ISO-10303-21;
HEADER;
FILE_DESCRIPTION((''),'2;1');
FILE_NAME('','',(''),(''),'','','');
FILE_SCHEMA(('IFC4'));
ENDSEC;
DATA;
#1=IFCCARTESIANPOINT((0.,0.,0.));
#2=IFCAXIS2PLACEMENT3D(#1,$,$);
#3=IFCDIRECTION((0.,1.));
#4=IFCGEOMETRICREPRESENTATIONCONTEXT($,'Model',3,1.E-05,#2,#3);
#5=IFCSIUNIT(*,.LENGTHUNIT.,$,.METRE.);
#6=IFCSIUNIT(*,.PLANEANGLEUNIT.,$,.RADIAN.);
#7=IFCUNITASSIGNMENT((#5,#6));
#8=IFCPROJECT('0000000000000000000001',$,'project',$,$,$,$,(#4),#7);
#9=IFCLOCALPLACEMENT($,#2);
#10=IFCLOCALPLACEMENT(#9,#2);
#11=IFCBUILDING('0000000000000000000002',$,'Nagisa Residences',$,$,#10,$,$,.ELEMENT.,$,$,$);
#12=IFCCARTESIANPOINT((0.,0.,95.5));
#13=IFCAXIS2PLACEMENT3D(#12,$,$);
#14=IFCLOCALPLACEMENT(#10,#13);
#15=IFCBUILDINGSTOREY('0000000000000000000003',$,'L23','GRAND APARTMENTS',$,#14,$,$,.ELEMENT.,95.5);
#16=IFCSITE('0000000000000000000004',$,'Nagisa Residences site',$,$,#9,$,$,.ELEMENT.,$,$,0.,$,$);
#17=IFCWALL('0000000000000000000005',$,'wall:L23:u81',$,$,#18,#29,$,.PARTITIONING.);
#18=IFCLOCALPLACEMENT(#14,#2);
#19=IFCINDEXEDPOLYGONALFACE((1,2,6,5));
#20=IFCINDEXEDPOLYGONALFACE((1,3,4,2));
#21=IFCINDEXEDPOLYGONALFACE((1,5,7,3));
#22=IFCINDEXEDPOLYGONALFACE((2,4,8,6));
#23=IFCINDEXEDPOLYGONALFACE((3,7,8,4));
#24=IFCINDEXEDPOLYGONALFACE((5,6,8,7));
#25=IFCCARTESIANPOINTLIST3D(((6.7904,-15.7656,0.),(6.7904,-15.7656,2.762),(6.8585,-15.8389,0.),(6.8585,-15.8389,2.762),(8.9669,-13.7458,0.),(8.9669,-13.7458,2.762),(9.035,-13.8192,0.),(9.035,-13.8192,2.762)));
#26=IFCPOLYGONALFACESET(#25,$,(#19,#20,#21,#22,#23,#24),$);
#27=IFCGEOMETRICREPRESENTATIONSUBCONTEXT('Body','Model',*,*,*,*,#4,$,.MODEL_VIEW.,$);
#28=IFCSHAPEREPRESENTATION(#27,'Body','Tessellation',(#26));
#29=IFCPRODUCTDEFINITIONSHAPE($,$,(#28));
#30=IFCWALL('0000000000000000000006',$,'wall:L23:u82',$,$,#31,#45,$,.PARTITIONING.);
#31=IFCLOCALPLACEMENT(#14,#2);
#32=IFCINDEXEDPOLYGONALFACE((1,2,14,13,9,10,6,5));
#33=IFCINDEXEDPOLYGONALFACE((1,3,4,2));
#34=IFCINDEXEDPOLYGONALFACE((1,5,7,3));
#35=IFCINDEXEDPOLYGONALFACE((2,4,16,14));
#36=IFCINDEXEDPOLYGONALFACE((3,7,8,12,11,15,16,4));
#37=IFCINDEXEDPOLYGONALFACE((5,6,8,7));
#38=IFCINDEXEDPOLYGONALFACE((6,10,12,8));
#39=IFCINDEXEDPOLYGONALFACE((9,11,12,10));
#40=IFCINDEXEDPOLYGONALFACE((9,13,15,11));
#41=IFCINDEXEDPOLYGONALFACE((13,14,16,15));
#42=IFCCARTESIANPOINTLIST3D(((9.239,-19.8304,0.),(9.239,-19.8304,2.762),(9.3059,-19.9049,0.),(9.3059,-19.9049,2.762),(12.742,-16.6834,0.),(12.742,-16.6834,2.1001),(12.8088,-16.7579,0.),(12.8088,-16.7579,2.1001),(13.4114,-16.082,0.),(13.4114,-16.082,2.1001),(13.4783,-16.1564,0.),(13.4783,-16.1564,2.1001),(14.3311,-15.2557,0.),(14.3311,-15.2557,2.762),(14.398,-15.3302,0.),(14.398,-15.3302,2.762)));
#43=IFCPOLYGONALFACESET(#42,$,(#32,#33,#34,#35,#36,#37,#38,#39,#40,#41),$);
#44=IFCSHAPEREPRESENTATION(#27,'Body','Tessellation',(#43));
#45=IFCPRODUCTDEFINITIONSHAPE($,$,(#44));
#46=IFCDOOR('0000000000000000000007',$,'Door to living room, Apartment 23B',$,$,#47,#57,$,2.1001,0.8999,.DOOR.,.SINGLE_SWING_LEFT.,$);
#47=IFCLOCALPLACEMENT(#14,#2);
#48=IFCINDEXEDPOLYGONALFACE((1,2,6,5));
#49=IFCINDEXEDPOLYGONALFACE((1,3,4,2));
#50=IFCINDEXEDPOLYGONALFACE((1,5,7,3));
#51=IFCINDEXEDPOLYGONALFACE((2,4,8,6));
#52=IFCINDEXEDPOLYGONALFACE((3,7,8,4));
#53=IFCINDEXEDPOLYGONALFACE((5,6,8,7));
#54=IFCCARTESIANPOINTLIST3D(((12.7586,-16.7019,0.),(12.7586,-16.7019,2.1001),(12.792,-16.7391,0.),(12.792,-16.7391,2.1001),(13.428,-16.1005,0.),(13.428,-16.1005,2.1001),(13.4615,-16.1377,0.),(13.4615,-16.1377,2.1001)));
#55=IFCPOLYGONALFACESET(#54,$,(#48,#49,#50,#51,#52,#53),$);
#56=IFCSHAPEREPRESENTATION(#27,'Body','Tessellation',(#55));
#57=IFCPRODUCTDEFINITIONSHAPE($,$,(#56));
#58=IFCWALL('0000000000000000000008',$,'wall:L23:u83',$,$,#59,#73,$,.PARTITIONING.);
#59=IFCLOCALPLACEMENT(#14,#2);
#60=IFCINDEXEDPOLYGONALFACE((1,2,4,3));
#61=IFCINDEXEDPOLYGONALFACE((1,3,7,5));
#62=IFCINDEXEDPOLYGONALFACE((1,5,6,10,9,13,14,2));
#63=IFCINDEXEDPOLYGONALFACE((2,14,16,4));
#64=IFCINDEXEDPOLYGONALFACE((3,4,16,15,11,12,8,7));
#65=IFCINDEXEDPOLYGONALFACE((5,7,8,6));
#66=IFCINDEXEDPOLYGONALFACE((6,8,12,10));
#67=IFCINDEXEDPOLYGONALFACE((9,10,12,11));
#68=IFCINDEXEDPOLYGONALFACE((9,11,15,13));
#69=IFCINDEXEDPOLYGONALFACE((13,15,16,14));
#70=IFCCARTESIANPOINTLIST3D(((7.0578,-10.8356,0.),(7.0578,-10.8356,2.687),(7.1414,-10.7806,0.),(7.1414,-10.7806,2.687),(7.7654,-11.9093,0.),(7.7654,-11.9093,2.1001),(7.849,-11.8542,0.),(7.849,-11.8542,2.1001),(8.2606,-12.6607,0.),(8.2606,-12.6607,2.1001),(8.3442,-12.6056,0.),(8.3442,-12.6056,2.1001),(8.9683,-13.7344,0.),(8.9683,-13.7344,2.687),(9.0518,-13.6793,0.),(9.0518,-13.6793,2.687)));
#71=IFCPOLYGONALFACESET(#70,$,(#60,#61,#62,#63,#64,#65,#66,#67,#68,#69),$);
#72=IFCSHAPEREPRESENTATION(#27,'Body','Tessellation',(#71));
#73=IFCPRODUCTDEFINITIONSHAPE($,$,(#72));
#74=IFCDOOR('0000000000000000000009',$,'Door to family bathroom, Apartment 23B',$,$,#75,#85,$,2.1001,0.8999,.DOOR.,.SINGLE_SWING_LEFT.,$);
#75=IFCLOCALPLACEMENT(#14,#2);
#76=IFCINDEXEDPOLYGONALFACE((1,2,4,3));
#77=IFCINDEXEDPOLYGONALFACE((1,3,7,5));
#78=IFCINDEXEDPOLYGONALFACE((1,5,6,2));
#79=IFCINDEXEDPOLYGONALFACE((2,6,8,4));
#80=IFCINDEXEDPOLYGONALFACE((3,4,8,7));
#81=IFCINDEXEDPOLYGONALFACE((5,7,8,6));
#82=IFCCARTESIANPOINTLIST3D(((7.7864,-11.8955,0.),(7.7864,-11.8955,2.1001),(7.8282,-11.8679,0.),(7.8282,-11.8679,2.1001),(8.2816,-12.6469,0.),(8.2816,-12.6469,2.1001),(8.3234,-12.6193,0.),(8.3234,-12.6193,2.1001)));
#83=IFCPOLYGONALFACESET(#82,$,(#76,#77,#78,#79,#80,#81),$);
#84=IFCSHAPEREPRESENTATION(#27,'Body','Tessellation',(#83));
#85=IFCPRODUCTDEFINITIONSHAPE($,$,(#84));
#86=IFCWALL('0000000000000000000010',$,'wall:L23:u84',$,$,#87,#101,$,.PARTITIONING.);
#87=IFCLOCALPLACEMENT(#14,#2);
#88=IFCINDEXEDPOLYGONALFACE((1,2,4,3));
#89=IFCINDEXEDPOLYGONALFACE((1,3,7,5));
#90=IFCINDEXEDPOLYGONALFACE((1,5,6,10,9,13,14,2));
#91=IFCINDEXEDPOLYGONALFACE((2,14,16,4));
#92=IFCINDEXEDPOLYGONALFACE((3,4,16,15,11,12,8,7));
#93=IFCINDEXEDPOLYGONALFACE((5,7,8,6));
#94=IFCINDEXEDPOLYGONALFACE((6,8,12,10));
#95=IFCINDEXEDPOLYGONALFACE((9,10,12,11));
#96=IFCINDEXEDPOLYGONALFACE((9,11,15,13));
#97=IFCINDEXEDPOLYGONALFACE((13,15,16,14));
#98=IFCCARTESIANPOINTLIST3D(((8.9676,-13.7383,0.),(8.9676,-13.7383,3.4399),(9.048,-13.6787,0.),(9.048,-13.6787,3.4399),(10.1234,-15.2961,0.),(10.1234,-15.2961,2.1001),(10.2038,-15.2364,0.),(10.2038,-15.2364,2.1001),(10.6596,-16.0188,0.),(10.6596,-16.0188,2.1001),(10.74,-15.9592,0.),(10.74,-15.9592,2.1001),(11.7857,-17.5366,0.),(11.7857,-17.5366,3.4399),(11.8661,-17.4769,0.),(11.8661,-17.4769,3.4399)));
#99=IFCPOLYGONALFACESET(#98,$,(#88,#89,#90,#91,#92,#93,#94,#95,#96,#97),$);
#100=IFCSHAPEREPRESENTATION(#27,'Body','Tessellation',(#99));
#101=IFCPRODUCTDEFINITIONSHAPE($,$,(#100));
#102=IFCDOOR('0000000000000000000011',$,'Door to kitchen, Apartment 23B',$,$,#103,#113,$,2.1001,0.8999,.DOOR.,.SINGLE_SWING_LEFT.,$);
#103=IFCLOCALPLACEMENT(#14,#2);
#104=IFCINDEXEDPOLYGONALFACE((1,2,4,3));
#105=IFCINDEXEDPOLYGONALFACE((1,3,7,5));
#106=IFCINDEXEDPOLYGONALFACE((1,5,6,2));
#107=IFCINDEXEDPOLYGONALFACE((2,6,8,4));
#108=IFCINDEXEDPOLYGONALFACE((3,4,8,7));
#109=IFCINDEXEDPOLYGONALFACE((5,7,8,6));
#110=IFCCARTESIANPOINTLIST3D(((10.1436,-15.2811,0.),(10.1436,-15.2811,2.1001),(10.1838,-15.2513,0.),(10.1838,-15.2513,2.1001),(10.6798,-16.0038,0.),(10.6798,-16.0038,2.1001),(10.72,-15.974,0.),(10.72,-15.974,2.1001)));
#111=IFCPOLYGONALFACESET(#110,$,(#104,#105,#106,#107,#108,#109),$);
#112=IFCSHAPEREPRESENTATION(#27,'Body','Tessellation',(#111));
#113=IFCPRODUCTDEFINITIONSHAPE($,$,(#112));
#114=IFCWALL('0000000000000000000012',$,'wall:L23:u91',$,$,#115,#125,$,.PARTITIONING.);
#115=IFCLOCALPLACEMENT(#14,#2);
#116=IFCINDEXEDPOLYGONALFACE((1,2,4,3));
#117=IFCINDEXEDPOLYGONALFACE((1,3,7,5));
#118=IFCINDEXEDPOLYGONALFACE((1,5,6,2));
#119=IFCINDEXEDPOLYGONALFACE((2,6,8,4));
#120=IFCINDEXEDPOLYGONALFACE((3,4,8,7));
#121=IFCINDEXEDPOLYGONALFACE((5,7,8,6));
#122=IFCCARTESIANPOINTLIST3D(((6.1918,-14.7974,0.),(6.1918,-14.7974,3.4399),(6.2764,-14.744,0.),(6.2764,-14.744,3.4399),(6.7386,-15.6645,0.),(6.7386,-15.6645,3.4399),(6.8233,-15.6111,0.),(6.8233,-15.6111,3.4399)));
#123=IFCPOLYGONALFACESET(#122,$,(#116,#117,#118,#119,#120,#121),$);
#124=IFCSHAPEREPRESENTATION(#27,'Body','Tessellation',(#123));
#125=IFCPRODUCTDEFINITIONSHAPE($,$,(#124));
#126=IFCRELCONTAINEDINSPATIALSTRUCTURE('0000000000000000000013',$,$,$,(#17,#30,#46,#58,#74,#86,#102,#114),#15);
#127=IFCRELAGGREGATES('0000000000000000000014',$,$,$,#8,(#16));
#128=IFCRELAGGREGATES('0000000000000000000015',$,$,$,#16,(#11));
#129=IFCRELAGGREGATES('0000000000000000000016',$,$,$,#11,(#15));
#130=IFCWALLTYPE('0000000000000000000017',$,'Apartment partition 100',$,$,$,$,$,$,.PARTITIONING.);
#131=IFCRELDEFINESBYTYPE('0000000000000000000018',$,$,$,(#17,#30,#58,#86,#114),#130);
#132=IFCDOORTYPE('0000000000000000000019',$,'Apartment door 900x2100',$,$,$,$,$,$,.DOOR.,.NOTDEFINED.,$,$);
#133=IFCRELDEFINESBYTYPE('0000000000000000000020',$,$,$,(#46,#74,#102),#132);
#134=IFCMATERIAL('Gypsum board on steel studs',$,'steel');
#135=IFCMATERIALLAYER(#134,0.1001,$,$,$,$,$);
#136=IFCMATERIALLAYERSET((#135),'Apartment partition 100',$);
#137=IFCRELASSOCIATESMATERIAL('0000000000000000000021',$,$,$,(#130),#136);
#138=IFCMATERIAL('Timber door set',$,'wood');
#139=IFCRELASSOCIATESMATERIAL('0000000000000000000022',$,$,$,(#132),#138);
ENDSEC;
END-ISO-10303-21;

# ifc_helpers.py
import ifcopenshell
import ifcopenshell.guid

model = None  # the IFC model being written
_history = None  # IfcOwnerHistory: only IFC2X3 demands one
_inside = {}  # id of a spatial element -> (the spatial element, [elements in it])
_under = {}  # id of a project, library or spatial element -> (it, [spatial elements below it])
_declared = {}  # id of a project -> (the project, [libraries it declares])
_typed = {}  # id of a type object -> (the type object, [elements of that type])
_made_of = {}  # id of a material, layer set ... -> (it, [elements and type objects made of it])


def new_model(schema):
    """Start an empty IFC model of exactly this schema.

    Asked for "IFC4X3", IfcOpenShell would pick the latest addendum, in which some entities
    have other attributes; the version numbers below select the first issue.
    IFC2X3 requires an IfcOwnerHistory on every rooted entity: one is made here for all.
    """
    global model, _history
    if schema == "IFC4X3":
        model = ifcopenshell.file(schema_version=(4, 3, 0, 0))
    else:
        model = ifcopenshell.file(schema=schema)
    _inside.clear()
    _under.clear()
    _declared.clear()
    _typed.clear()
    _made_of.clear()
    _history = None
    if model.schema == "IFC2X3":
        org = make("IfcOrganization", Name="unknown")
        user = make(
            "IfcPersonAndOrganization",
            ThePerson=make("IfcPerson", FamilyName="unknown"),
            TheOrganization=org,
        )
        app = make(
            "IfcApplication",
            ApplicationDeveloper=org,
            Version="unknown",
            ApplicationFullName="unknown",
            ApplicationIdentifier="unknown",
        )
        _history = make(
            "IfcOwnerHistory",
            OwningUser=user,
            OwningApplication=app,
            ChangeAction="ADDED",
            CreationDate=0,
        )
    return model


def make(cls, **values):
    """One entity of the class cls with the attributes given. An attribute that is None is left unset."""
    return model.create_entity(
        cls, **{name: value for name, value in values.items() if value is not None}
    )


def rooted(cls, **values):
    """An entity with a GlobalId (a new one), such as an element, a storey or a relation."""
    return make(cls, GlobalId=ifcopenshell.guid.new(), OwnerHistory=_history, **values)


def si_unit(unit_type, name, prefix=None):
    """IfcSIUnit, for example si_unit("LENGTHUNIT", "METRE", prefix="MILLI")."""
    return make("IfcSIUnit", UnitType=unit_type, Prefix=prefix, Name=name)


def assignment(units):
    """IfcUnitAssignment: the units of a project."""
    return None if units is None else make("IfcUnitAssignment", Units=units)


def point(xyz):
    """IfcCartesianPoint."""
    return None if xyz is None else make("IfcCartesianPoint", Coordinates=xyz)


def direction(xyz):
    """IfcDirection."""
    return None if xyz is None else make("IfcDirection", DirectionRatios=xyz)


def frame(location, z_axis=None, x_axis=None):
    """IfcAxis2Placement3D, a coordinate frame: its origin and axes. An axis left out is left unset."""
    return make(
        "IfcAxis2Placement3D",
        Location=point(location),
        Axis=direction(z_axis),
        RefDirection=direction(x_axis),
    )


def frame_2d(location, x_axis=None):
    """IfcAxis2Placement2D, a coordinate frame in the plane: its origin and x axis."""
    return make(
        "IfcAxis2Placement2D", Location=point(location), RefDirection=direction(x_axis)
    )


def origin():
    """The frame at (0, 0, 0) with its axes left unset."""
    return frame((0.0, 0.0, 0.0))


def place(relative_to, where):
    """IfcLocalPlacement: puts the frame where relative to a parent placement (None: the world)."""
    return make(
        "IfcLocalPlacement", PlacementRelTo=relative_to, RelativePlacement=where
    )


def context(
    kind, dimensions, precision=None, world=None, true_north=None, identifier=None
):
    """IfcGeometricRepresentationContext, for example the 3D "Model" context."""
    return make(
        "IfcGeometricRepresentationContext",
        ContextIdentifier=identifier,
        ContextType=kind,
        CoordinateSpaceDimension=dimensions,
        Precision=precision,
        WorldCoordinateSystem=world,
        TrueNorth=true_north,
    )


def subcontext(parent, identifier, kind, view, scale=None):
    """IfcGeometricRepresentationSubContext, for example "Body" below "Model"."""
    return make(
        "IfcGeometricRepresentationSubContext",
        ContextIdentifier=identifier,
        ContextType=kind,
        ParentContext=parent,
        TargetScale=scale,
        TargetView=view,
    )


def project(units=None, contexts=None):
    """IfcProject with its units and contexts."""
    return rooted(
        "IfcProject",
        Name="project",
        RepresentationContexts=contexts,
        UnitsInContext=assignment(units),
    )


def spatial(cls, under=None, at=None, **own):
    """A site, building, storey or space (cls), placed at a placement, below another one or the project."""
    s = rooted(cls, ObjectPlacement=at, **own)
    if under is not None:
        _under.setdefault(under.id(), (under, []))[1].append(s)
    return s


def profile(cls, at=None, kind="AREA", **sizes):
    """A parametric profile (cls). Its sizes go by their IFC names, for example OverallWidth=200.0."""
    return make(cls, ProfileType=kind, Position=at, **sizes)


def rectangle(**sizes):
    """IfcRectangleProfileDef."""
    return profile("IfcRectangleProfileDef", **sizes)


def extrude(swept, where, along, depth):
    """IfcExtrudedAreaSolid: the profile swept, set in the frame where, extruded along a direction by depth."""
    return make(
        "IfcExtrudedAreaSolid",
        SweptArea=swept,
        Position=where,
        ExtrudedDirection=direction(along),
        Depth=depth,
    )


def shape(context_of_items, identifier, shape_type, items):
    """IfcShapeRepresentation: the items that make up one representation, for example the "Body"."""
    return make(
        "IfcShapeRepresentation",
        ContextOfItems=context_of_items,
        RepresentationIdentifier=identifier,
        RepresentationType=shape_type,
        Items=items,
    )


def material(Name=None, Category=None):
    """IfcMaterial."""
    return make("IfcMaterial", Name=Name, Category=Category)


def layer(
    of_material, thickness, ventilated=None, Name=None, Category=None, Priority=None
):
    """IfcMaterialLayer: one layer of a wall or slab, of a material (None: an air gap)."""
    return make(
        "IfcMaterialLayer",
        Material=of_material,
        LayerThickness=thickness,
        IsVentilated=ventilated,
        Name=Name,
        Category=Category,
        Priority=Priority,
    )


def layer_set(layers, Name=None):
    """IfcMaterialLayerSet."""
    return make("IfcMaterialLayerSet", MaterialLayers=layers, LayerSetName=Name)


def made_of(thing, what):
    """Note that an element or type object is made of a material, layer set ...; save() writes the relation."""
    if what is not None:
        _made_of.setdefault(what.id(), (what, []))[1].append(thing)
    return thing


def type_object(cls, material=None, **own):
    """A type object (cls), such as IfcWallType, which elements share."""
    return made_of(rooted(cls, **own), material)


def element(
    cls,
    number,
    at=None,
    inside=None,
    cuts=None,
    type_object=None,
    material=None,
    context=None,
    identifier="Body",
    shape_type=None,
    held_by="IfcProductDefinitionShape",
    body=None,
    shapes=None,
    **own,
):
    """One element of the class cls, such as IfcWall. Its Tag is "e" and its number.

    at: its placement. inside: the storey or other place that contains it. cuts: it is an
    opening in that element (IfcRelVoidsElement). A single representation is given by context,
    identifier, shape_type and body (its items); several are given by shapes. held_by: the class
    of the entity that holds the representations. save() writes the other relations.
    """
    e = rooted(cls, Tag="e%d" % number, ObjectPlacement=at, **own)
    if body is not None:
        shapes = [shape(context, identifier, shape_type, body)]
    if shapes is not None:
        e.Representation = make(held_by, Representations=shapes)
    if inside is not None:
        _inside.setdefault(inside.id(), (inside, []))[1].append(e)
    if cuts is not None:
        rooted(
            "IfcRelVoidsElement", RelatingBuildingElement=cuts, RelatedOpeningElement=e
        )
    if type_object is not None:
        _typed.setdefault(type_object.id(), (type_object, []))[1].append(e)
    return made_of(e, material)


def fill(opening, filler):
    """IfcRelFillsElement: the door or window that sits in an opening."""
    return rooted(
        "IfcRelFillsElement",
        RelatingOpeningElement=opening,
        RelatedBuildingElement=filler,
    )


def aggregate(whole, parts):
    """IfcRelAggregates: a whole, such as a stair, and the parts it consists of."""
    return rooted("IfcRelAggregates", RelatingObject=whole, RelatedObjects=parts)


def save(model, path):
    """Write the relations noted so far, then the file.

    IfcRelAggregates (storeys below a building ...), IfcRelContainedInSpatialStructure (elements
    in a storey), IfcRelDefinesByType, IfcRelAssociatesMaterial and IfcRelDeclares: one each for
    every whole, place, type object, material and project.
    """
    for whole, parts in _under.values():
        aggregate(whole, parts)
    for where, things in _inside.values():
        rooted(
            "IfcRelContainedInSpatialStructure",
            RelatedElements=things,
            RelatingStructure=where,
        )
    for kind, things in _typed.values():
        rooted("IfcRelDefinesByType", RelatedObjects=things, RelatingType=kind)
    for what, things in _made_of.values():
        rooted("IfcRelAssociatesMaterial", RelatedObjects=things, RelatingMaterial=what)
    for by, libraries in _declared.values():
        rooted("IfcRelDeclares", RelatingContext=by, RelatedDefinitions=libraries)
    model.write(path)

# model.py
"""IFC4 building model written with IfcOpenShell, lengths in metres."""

from ifc_helpers import new_model, si_unit, direction, frame, frame_2d, origin, place, context, subcontext, project, spatial, rectangle, extrude, material, layer, layer_set, type_object, element, fill, save


model = new_model("IFC4")

# Units and contexts
model_context = context("Model", 3, precision=1e-05, world=origin(), true_north=direction((0.0, 1.0)))
body_context = subcontext(model_context, "Body", "Model", "MODEL_VIEW")
ifc_project = project(units=[si_unit("LENGTHUNIT", "METRE"), si_unit("PLANEANGLEUNIT", "RADIAN")], contexts=[model_context])

# Site, building, storey
site_placement = place(None, origin())
site = spatial("IfcSite", under=ifc_project, at=site_placement, Name="Nagisa Residences site", CompositionType="ELEMENT", RefElevation=0.0)
building_placement = place(site_placement, origin())
building = spatial("IfcBuilding", under=site, at=building_placement, Name="Nagisa Residences", CompositionType="ELEMENT")
storey_placement = place(building_placement, frame((0.0, 0.0, 95.5)))
storey = spatial("IfcBuildingStorey", under=building, at=storey_placement, Name="L23", Description="GRAND APARTMENTS", CompositionType="ELEMENT", Elevation=95.5)

# Shared definitions
ifc_material_1 = material(Name="Gypsum board on steel studs", Category="steel")
ifc_layer_1 = layer(ifc_material_1, 0.1001)
ifc_layer_set_1 = layer_set([ifc_layer_1], Name="Apartment partition 100")
wall_type_1 = type_object("IfcWallType", Name="Apartment partition 100", PredefinedType="PARTITIONING", material=ifc_layer_set_1)
ifc_material_2 = material(Name="Timber door set", Category="wood")
door_type_1 = type_object("IfcDoorType", Name="Apartment door 900x2100", OperationType="NOTDEFINED", PredefinedType="DOOR", material=ifc_material_2)

# Wall
wall_1_placement = place(storey_placement, frame((6.8245, -15.8022, 0.0), z_axis=(0.0, 0.0, 1.0), x_axis=(0.733007, 0.680221, 0.0)))
element("IfcWall", 1, at=wall_1_placement, inside=storey, type_object=wall_type_1, Name="wall:L23:u81", PredefinedType="PARTITIONING", context=body_context, shape_type="SweptSolid", body=[
    extrude(rectangle(XDim=2.9692, YDim=0.1001, at=frame_2d((1.4846, 0.0))), origin(), (0.0, 0.0, 1.0), 2.762),
])

# Walls, openings, doors
wall_2_placement = place(storey_placement, frame((9.2725, -19.8677, 0.0), z_axis=(0.0, 0.0, 1.0), x_axis=(0.743884, 0.668308, 0.0)))
wall_2 = element("IfcWall", 2, at=wall_2_placement, inside=storey, type_object=wall_type_1, Name="wall:L23:u82", PredefinedType="PARTITIONING", context=body_context, shape_type="SweptSolid", body=[
    extrude(rectangle(XDim=6.8452, YDim=0.1001, at=frame_2d((3.4226, 0.0))), origin(), (0.0, 0.0, 1.0), 2.762),
])
opening_1_placement = place(wall_2_placement, frame((4.709, 0.0, 0.0)))
opening_1 = element("IfcOpeningElement", 3, at=opening_1_placement, cuts=wall_2, PredefinedType="OPENING", context=body_context, shape_type="SweptSolid", body=[
    extrude(rectangle(XDim=0.8999, YDim=2.1001, at=frame_2d((0.45, 1.05))), frame((0.0, 0.0601, 0.0), z_axis=(0.0, -1.0, 0.0), x_axis=(1.0, 0.0, 0.0)), (0.0, 0.0, 1.0), 0.1201),
])
door_1_placement = place(opening_1_placement, frame((0.8999, 0.0, 0.0), x_axis=(-1.0, 0.0, 0.0)))
door_1 = element("IfcDoor", 4, at=door_1_placement, inside=storey, type_object=door_type_1, Name="Door to living room, Apartment 23B", OperationType="SINGLE_SWING_LEFT", OverallHeight=2.1001, OverallWidth=0.8999, PredefinedType="DOOR", context=body_context, shape_type="SweptSolid", body=[
    extrude(rectangle(XDim=0.8999, YDim=2.1001, at=frame_2d((0.45, 1.05))), frame((0.0, 0.0249, 0.0), z_axis=(0.0, -1.0, 0.0), x_axis=(1.0, 0.0, 0.0)), (0.0, 0.0, 1.0), 0.05),
])
fill(opening_1, door_1)
wall_3_placement = place(storey_placement, frame((7.0996, -10.8081, 0.0), z_axis=(0.0, 0.0, 1.0), x_axis=(0.550294, -0.834971, 0.0)))
wall_3 = element("IfcWall", 5, at=wall_3_placement, inside=storey, type_object=wall_type_1, Name="wall:L23:u83", PredefinedType="PARTITIONING", context=body_context, shape_type="SweptSolid", body=[
    extrude(rectangle(XDim=3.4717, YDim=0.1001, at=frame_2d((1.7358, 0.0))), origin(), (0.0, 0.0, 1.0), 2.687),
])
opening_2_placement = place(wall_3_placement, frame((1.2859, 0.0, 0.0)))
opening_2 = element("IfcOpeningElement", 6, at=opening_2_placement, cuts=wall_3, PredefinedType="OPENING", context=body_context, shape_type="SweptSolid", body=[
    extrude(rectangle(XDim=0.8999, YDim=2.1001, at=frame_2d((0.45, 1.05))), frame((0.0, 0.0601, 0.0), z_axis=(0.0, -1.0, 0.0), x_axis=(1.0, 0.0, 0.0)), (0.0, 0.0, 1.0), 0.1201),
])
door_2_placement = place(opening_2_placement, frame((0.8999, 0.0, 0.0), x_axis=(-1.0, 0.0, 0.0)))
door_2 = element("IfcDoor", 7, at=door_2_placement, inside=storey, type_object=door_type_1, Name="Door to family bathroom, Apartment 23B", OperationType="SINGLE_SWING_LEFT", OverallHeight=2.1001, OverallWidth=0.8999, PredefinedType="DOOR", context=body_context, shape_type="SweptSolid", body=[
    extrude(rectangle(XDim=0.8999, YDim=2.1001, at=frame_2d((0.45, 1.05))), frame((0.0, 0.0249, 0.0), z_axis=(0.0, -1.0, 0.0), x_axis=(1.0, 0.0, 0.0)), (0.0, 0.0, 1.0), 0.05),
])
fill(opening_2, door_2)
wall_4_placement = place(storey_placement, frame((9.0078, -13.7085, 0.0), z_axis=(0.0, 0.0, 1.0), x_axis=(0.595846, -0.803099, 0.0)))
wall_4 = element("IfcWall", 8, at=wall_4_placement, inside=storey, type_object=wall_type_1, Name="wall:L23:u84", PredefinedType="PARTITIONING", context=body_context, shape_type="SweptSolid", body=[
    extrude(rectangle(XDim=4.7295, YDim=0.1001, at=frame_2d((2.3647, 0.0))), origin(), (0.0, 0.0, 1.0), 3.4399),
])
opening_3_placement = place(wall_4_placement, frame((1.9397, 0.0, 0.0)))
opening_3 = element("IfcOpeningElement", 9, at=opening_3_placement, cuts=wall_4, PredefinedType="OPENING", context=body_context, shape_type="SweptSolid", body=[
    extrude(rectangle(XDim=0.8999, YDim=2.1001, at=frame_2d((0.45, 1.05))), frame((0.0, 0.0601, 0.0), z_axis=(0.0, -1.0, 0.0), x_axis=(1.0, 0.0, 0.0)), (0.0, 0.0, 1.0), 0.1201),
])
door_3_placement = place(opening_3_placement, frame((0.8999, 0.0, 0.0), x_axis=(-1.0, 0.0, 0.0)))
door_3 = element("IfcDoor", 10, at=door_3_placement, inside=storey, type_object=door_type_1, Name="Door to kitchen, Apartment 23B", OperationType="SINGLE_SWING_LEFT", OverallHeight=2.1001, OverallWidth=0.8999, PredefinedType="DOOR", context=body_context, shape_type="SweptSolid", body=[
    extrude(rectangle(XDim=0.8999, YDim=2.1001, at=frame_2d((0.45, 1.05))), frame((0.0, 0.0249, 0.0), z_axis=(0.0, -1.0, 0.0), x_axis=(1.0, 0.0, 0.0)), (0.0, 0.0, 1.0), 0.05),
])
fill(opening_3, door_3)

# Wall
wall_5_placement = place(storey_placement, frame((6.781, -15.6379, 0.0), z_axis=(0.0, 0.0, 1.0), x_axis=(-0.533419, 0.845851, 0.0)))
element("IfcWall", 11, at=wall_5_placement, inside=storey, type_object=wall_type_1, Name="wall:L23:u91", PredefinedType="PARTITIONING", context=body_context, shape_type="SweptSolid", body=[
    extrude(rectangle(XDim=1.0251, YDim=0.1001, at=frame_2d((0.5127, 0.0))), origin(), (0.0, 0.0, 1.0), 3.4399),
])

save(model, "model.ifc")
